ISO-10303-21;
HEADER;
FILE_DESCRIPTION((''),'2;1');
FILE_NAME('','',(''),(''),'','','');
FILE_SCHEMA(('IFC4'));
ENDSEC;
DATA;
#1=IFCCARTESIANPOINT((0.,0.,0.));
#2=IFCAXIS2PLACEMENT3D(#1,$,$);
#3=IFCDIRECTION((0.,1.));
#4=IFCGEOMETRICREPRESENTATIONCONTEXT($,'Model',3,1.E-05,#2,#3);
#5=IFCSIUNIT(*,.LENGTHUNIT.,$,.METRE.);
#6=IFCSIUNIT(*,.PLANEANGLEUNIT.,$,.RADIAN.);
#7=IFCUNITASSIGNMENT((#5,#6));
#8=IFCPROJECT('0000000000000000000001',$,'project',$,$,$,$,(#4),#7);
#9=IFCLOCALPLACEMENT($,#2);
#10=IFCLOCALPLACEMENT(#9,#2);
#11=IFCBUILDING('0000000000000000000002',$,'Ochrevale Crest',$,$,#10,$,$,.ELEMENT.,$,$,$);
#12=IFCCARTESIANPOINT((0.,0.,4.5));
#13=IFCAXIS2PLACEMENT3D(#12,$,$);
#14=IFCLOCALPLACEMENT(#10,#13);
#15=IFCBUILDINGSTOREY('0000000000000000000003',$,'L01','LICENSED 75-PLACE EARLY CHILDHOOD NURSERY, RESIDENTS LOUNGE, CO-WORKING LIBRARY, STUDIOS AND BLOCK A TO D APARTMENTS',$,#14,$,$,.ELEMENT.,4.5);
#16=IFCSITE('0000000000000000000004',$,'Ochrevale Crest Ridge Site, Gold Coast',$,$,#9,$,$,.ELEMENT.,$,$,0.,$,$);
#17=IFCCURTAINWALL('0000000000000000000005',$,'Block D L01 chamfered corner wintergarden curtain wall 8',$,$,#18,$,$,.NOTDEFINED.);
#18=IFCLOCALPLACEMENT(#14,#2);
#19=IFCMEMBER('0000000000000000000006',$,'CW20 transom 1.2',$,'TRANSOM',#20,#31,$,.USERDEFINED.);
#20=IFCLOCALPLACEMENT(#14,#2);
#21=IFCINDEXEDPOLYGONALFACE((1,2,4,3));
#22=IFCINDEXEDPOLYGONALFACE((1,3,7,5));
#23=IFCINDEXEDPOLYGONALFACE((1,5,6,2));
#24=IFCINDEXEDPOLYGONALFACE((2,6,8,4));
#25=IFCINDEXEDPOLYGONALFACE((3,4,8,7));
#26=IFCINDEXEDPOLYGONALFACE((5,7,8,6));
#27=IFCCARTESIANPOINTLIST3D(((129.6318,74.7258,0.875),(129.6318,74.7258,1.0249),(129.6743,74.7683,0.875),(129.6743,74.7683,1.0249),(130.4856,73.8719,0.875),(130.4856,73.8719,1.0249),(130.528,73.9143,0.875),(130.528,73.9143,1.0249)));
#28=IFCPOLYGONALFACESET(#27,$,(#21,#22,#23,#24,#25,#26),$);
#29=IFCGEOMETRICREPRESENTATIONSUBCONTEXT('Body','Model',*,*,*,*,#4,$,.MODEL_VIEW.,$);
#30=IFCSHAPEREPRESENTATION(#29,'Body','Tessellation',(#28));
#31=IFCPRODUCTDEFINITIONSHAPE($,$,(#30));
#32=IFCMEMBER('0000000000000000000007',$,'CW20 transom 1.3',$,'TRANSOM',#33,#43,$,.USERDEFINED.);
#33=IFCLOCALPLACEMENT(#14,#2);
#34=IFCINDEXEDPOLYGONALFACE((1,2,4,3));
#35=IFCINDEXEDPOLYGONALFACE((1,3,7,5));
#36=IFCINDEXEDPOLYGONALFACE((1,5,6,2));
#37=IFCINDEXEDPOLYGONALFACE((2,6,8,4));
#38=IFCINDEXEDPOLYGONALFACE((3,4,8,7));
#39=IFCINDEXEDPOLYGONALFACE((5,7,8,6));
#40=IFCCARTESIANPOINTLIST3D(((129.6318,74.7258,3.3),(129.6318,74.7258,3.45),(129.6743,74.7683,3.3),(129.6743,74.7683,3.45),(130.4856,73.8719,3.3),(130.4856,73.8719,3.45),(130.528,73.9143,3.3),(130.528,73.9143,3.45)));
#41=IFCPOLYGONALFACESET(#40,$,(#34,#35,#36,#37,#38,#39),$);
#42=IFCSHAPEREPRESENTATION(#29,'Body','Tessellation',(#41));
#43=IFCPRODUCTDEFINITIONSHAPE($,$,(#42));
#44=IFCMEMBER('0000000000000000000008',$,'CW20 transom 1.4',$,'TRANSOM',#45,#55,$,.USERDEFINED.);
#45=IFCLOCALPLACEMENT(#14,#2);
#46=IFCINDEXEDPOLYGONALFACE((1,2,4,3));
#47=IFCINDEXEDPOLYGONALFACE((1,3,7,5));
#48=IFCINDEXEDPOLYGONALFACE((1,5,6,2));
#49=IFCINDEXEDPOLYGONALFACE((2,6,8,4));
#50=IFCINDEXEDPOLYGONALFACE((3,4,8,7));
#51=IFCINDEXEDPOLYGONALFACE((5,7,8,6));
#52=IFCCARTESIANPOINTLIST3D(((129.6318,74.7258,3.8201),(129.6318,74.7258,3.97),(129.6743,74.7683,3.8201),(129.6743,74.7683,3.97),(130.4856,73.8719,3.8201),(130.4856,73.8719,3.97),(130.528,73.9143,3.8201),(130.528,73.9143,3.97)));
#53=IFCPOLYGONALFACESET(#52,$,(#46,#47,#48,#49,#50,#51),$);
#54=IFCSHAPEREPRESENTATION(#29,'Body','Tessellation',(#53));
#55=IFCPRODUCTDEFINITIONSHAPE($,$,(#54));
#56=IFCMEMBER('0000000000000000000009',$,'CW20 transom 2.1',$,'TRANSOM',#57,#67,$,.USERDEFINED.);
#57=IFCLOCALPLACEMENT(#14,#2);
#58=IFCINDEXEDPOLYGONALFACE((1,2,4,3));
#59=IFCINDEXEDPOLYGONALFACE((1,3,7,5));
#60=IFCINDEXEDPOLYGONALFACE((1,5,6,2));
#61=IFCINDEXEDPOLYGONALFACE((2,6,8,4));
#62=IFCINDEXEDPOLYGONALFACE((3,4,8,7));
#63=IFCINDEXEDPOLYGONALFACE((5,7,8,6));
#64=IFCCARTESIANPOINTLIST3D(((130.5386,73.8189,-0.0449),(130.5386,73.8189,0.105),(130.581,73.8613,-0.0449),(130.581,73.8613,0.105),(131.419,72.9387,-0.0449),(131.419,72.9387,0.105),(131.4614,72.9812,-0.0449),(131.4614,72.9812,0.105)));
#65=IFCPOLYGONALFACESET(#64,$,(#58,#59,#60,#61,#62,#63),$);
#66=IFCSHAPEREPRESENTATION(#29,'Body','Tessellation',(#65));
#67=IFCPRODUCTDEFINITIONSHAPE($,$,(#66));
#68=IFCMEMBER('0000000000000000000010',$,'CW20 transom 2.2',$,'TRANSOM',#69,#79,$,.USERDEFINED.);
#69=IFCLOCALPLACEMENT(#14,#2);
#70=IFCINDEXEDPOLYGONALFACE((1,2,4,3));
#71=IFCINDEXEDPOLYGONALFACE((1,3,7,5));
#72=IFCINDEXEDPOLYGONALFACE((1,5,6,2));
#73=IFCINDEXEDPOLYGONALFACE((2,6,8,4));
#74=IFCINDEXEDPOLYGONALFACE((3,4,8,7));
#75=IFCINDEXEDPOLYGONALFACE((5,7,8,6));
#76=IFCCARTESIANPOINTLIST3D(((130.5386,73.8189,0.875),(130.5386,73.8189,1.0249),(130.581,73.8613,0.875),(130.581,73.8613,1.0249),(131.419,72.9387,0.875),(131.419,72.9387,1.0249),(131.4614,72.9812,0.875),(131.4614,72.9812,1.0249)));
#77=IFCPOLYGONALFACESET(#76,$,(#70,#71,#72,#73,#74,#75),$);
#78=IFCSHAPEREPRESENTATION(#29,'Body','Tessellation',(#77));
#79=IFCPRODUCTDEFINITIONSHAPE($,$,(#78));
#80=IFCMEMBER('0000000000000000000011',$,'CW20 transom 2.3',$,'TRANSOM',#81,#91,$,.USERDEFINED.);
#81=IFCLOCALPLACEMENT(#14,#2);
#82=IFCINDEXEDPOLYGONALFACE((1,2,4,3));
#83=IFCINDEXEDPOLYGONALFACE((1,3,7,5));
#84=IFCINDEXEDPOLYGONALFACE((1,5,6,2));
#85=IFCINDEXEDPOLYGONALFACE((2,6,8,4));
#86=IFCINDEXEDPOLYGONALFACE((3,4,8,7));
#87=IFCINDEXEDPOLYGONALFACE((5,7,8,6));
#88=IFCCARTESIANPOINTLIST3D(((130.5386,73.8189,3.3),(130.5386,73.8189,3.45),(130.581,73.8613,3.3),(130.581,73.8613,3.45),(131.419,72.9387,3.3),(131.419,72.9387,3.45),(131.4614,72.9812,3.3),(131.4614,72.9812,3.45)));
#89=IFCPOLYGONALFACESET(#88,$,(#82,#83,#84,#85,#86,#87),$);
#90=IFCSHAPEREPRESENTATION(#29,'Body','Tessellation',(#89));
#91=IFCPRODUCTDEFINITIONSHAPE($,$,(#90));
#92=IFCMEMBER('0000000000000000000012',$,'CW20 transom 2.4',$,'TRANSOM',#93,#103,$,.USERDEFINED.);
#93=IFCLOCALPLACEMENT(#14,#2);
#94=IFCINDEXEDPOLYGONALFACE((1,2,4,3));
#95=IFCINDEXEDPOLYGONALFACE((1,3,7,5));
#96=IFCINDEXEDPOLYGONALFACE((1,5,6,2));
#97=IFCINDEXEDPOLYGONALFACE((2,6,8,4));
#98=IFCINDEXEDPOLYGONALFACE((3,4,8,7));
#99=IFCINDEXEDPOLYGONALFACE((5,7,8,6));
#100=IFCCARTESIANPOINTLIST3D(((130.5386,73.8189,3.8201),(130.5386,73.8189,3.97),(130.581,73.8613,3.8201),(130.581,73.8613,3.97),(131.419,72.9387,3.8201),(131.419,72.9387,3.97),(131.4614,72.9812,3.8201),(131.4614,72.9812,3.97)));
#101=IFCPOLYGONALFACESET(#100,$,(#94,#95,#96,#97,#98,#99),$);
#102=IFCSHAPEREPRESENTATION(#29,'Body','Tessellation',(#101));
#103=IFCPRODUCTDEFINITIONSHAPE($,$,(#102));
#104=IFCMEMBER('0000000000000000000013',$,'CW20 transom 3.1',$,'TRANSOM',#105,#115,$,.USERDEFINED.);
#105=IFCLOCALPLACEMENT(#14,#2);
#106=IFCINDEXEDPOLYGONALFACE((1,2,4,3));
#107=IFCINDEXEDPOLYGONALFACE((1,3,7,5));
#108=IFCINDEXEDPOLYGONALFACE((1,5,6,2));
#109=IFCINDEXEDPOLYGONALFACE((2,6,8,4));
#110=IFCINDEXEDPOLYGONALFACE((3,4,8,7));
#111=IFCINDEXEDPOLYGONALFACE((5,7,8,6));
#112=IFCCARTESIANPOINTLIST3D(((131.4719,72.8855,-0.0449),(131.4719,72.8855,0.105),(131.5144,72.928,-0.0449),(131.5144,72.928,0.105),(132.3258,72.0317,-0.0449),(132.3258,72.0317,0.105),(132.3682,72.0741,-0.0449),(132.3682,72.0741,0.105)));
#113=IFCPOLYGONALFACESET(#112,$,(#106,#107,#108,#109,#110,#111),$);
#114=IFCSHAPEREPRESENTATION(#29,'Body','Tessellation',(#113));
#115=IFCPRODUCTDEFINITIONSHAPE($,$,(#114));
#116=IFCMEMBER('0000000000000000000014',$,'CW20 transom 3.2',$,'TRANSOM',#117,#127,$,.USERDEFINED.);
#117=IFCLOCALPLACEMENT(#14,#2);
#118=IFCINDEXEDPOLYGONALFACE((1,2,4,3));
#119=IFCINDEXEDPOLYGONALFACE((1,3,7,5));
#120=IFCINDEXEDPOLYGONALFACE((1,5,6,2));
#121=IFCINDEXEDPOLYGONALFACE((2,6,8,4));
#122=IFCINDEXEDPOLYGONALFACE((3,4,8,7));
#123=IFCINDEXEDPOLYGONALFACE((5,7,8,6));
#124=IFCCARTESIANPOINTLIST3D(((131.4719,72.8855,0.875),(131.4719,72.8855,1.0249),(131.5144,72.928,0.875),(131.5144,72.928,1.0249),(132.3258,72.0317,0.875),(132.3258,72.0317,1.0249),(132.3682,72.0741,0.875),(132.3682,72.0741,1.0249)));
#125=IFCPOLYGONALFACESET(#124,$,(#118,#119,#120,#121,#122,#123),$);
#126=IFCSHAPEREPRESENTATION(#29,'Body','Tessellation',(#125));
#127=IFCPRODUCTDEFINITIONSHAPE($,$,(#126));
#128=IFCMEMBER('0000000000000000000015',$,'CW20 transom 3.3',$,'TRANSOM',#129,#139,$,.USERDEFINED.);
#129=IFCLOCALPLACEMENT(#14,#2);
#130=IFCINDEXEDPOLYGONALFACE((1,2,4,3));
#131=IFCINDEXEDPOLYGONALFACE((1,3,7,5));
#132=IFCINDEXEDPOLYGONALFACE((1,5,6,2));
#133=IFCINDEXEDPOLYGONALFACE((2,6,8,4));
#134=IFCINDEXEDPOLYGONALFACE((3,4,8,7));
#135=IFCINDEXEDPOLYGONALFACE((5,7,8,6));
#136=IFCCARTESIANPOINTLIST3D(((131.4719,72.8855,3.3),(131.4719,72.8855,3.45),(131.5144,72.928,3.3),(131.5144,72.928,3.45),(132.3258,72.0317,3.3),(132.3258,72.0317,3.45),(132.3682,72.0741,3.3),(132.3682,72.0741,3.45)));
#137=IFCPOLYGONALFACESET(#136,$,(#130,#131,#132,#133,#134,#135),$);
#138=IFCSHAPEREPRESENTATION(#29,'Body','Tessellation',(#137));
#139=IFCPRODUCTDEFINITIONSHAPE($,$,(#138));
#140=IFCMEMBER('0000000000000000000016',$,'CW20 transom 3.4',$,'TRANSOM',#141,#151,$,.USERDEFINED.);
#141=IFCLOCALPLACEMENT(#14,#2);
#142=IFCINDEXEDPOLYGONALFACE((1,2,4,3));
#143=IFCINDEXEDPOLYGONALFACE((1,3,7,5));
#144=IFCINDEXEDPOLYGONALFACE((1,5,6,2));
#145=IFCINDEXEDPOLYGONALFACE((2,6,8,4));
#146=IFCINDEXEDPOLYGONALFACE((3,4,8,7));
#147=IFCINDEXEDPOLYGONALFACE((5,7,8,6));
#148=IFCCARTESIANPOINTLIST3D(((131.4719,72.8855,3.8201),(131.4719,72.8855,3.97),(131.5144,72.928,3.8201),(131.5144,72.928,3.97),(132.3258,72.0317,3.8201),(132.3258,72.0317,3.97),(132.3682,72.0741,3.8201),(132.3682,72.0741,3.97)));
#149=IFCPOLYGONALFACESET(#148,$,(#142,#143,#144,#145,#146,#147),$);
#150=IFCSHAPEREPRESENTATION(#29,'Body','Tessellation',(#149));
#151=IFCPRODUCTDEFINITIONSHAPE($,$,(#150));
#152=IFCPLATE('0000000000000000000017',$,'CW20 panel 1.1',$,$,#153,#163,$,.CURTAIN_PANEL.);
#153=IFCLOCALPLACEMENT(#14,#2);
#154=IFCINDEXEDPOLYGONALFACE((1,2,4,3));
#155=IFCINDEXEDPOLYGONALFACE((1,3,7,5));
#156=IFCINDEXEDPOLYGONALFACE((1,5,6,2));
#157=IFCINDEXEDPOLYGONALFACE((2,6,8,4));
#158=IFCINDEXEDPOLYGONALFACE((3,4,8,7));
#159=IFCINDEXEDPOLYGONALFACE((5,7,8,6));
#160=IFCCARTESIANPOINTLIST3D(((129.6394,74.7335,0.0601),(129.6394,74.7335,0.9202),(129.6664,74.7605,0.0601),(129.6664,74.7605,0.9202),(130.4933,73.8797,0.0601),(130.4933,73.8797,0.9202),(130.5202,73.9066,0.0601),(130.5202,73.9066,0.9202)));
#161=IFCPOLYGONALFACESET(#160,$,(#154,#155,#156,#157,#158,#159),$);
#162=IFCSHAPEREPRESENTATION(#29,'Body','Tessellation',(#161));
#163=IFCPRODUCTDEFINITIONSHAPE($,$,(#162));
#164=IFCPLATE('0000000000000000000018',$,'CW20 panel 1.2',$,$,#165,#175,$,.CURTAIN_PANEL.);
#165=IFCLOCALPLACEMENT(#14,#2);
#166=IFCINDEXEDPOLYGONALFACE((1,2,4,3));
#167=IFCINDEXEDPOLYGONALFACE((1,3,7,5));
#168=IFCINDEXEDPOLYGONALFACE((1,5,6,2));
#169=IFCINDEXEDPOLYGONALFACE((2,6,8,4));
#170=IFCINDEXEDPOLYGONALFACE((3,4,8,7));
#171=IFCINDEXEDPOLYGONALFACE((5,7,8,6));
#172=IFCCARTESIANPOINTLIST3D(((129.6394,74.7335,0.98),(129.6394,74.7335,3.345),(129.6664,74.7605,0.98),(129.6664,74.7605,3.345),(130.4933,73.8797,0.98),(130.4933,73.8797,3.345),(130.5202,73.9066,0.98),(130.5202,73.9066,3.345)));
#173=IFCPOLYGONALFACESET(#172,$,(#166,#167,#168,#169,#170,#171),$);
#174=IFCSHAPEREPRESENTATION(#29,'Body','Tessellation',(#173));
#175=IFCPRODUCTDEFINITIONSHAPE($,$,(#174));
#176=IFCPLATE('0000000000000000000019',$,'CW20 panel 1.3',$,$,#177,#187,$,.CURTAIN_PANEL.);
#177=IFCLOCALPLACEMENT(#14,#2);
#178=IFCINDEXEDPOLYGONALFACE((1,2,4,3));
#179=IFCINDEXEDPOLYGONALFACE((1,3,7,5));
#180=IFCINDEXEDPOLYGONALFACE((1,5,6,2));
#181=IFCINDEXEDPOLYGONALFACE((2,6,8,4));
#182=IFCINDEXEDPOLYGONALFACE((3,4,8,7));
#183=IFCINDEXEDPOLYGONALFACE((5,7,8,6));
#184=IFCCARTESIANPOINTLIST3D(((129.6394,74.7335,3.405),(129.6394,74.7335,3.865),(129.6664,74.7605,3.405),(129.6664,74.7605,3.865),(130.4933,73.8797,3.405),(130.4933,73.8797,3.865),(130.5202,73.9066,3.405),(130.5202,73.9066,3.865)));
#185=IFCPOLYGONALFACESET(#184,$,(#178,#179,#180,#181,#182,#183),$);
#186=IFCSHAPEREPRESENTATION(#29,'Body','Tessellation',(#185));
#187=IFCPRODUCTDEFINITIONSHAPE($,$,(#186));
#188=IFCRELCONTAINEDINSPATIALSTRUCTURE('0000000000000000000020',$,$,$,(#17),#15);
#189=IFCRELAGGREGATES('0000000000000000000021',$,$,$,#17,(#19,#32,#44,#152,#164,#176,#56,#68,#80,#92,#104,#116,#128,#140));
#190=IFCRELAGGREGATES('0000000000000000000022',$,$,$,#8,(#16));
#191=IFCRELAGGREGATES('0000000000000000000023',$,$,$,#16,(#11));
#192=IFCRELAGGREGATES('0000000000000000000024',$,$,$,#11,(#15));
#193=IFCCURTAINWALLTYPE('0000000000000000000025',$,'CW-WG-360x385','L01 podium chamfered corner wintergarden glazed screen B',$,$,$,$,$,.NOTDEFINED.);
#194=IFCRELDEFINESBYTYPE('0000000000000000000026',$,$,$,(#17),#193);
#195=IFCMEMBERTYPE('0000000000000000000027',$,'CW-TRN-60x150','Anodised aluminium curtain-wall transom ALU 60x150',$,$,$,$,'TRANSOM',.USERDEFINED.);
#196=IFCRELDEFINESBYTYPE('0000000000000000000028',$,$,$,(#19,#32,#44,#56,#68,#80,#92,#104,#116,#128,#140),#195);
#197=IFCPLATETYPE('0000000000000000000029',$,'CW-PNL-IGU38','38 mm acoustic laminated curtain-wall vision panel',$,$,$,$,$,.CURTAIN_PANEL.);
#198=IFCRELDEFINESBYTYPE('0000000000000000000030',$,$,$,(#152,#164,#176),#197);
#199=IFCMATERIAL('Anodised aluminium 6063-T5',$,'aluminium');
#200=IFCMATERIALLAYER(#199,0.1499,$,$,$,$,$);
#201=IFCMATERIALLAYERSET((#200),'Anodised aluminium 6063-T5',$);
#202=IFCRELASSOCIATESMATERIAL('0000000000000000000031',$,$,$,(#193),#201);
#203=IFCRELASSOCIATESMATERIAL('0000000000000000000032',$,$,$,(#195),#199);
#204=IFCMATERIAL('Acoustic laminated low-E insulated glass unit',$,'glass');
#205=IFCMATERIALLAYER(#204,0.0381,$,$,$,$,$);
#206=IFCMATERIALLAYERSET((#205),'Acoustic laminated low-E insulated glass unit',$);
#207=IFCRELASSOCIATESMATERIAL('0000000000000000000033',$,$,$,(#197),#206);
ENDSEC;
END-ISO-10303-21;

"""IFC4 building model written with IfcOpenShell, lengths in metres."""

from ifc_helpers import new_model, si_unit, direction, frame, origin, origin_2d, place, context, subcontext, project, spatial, rectangle, extrude, material, layer, layer_set, material_profile, profile_set, type_object, element, aggregate, save


model = new_model("IFC4")

# Units and contexts
model_context = context("Model", 3, precision=1e-05, world=origin(), true_north=direction((0.0, 1.0)))
body_context = subcontext(model_context, "Body", "Model", "MODEL_VIEW")
ifc_project = project(units=[si_unit("LENGTHUNIT", "METRE"), si_unit("PLANEANGLEUNIT", "RADIAN")], contexts=[model_context])

# Site, building, storey
site_placement = place(None, origin())
site = spatial("IfcSite", under=ifc_project, at=site_placement, Name="Ochrevale Crest Ridge Site, Gold Coast", CompositionType="ELEMENT", RefElevation=0.0)
building_placement = place(site_placement, origin())
building = spatial("IfcBuilding", under=site, at=building_placement, Name="Ochrevale Crest", CompositionType="ELEMENT")
storey_placement = place(building_placement, frame((0.0, 0.0, 4.5)))
storey = spatial("IfcBuildingStorey", under=building, at=storey_placement, Name="L01", Description="LICENSED 75-PLACE EARLY CHILDHOOD NURSERY, RESIDENTS LOUNGE, CO-WORKING LIBRARY, STUDIOS AND BLOCK A TO D APARTMENTS", CompositionType="ELEMENT", Elevation=4.5)

# Curtain wall, members, plates
ifc_material_1 = material(Name="Anodised aluminium 6063-T5", Category="aluminium")
ifc_layer_1 = layer(ifc_material_1, 0.1499)
ifc_layer_set_1 = layer_set([ifc_layer_1], Name="Anodised aluminium 6063-T5")
curtain_wall_type = type_object("IfcCurtainWallType", Name="CW-WG-360x385", Description="L01 podium chamfered corner wintergarden glazed screen B", PredefinedType="NOTDEFINED", material=ifc_layer_set_1)
curtain_wall_placement = place(storey_placement, origin())
curtain_wall = element("IfcCurtainWall", 1, at=curtain_wall_placement, inside=storey, type_object=curtain_wall_type, Name="Block D L01 chamfered corner wintergarden curtain wall 8", PredefinedType="NOTDEFINED")
ifc_material_profile_1 = material_profile(ifc_material_1, rectangle(XDim=0.0601, YDim=0.1499, at=origin_2d()), Name="ALU 60x150")
ifc_profile_set_1 = profile_set([ifc_material_profile_1], Name="Anodised aluminium 6063-T5")
member_type_1 = type_object("IfcMemberType", Name="CW-TRN-60x150", Description="Anodised aluminium curtain-wall transom ALU 60x150", ElementType="TRANSOM", PredefinedType="USERDEFINED", material=ifc_profile_set_1)
member_1_placement = place(storey_placement, frame((129.6531, 74.7471, 0.95), z_axis=(0.707006, -0.707208, 0.0), x_axis=(0.707208, 0.707006, 0.0)))
member_1 = element("IfcMember", 2, at=member_1_placement, type_object=member_type_1, Name="CW20 transom 1.2", ObjectType="TRANSOM", PredefinedType="USERDEFINED", context=body_context, shape_type="SweptSolid", body=[
    extrude(rectangle(XDim=0.0601, YDim=0.1499, at=origin_2d()), origin(), (0.0, 0.0, 1.0), 1.2075),
])
member_2_placement = place(storey_placement, frame((129.6531, 74.7471, 3.375), z_axis=(0.707006, -0.707208, 0.0), x_axis=(0.707208, 0.707006, 0.0)))
member_2 = element("IfcMember", 3, at=member_2_placement, type_object=member_type_1, Name="CW20 transom 1.3", ObjectType="TRANSOM", PredefinedType="USERDEFINED", context=body_context, shape_type="SweptSolid", body=[
    extrude(rectangle(XDim=0.0601, YDim=0.1499, at=origin_2d()), origin(), (0.0, 0.0, 1.0), 1.2075),
])
member_3_placement = place(storey_placement, frame((129.6531, 74.7471, 3.895), z_axis=(0.707006, -0.707208, 0.0), x_axis=(0.707208, 0.707006, 0.0)))
member_3 = element("IfcMember", 4, at=member_3_placement, type_object=member_type_1, Name="CW20 transom 1.4", ObjectType="TRANSOM", PredefinedType="USERDEFINED", context=body_context, shape_type="SweptSolid", body=[
    extrude(rectangle(XDim=0.0601, YDim=0.1499, at=origin_2d()), origin(), (0.0, 0.0, 1.0), 1.2075),
])
member_4_placement = place(storey_placement, frame((130.5598, 73.8401, 0.03), z_axis=(0.707205, -0.707009, 0.0), x_axis=(0.707009, 0.707205, 0.0)))
member_4 = element("IfcMember", 5, at=member_4_placement, type_object=member_type_1, Name="CW20 transom 2.1", ObjectType="TRANSOM", PredefinedType="USERDEFINED", context=body_context, shape_type="SweptSolid", body=[
    extrude(rectangle(XDim=0.0601, YDim=0.1499, at=origin_2d()), origin(), (0.0, 0.0, 1.0), 1.2449),
])
member_5_placement = place(storey_placement, frame((130.5598, 73.8401, 0.95), z_axis=(0.707205, -0.707009, 0.0), x_axis=(0.707009, 0.707205, 0.0)))
member_5 = element("IfcMember", 6, at=member_5_placement, type_object=member_type_1, Name="CW20 transom 2.2", ObjectType="TRANSOM", PredefinedType="USERDEFINED", context=body_context, shape_type="SweptSolid", body=[
    extrude(rectangle(XDim=0.0601, YDim=0.1499, at=origin_2d()), origin(), (0.0, 0.0, 1.0), 1.2449),
])
member_6_placement = place(storey_placement, frame((130.5598, 73.8401, 3.375), z_axis=(0.707205, -0.707009, 0.0), x_axis=(0.707009, 0.707205, 0.0)))
member_6 = element("IfcMember", 7, at=member_6_placement, type_object=member_type_1, Name="CW20 transom 2.3", ObjectType="TRANSOM", PredefinedType="USERDEFINED", context=body_context, shape_type="SweptSolid", body=[
    extrude(rectangle(XDim=0.0601, YDim=0.1499, at=origin_2d()), origin(), (0.0, 0.0, 1.0), 1.2449),
])
member_7_placement = place(storey_placement, frame((130.5598, 73.8401, 3.895), z_axis=(0.707205, -0.707009, 0.0), x_axis=(0.707009, 0.707205, 0.0)))
member_7 = element("IfcMember", 8, at=member_7_placement, type_object=member_type_1, Name="CW20 transom 2.4", ObjectType="TRANSOM", PredefinedType="USERDEFINED", context=body_context, shape_type="SweptSolid", body=[
    extrude(rectangle(XDim=0.0601, YDim=0.1499, at=origin_2d()), origin(), (0.0, 0.0, 1.0), 1.2449),
])
member_8_placement = place(storey_placement, frame((131.4932, 72.9067, 0.03), z_axis=(0.707107, -0.707107, 0.0), x_axis=(0.707107, 0.707107, 0.0)))
member_8 = element("IfcMember", 9, at=member_8_placement, type_object=member_type_1, Name="CW20 transom 3.1", ObjectType="TRANSOM", PredefinedType="USERDEFINED", context=body_context, shape_type="SweptSolid", body=[
    extrude(rectangle(XDim=0.0601, YDim=0.1499, at=origin_2d()), origin(), (0.0, 0.0, 1.0), 1.2075),
])
member_9_placement = place(storey_placement, frame((131.4932, 72.9067, 0.95), z_axis=(0.707107, -0.707107, 0.0), x_axis=(0.707107, 0.707107, 0.0)))
member_9 = element("IfcMember", 10, at=member_9_placement, type_object=member_type_1, Name="CW20 transom 3.2", ObjectType="TRANSOM", PredefinedType="USERDEFINED", context=body_context, shape_type="SweptSolid", body=[
    extrude(rectangle(XDim=0.0601, YDim=0.1499, at=origin_2d()), origin(), (0.0, 0.0, 1.0), 1.2075),
])
member_10_placement = place(storey_placement, frame((131.4932, 72.9067, 3.375), z_axis=(0.707107, -0.707107, 0.0), x_axis=(0.707107, 0.707107, 0.0)))
member_10 = element("IfcMember", 11, at=member_10_placement, type_object=member_type_1, Name="CW20 transom 3.3", ObjectType="TRANSOM", PredefinedType="USERDEFINED", context=body_context, shape_type="SweptSolid", body=[
    extrude(rectangle(XDim=0.0601, YDim=0.1499, at=origin_2d()), origin(), (0.0, 0.0, 1.0), 1.2075),
])
member_11_placement = place(storey_placement, frame((131.4932, 72.9067, 3.895), z_axis=(0.707107, -0.707107, 0.0), x_axis=(0.707107, 0.707107, 0.0)))
member_11 = element("IfcMember", 12, at=member_11_placement, type_object=member_type_1, Name="CW20 transom 3.4", ObjectType="TRANSOM", PredefinedType="USERDEFINED", context=body_context, shape_type="SweptSolid", body=[
    extrude(rectangle(XDim=0.0601, YDim=0.1499, at=origin_2d()), origin(), (0.0, 0.0, 1.0), 1.2075),
])
ifc_material_2 = material(Name="Acoustic laminated low-E insulated glass unit", Category="glass")
ifc_layer_2 = layer(ifc_material_2, 0.0381)
ifc_layer_set_2 = layer_set([ifc_layer_2], Name="Acoustic laminated low-E insulated glass unit")
plate_type = type_object("IfcPlateType", Name="CW-PNL-IGU38", Description="38 mm acoustic laminated curtain-wall vision panel", PredefinedType="CURTAIN_PANEL", material=ifc_layer_set_2)
plate_1_placement = place(storey_placement, frame((130.0798, 74.3201, 0.0601), z_axis=(0.0, 0.0, 1.0), x_axis=(0.707107, -0.707107, 0.0)))
plate_1 = element("IfcPlate", 13, at=plate_1_placement, type_object=plate_type, Name="CW20 panel 1.1", PredefinedType="CURTAIN_PANEL", context=body_context, shape_type="SweptSolid", body=[
    extrude(rectangle(XDim=1.2075, YDim=0.0381, at=origin_2d()), origin(), (0.0, 0.0, 1.0), 0.8601),
])
plate_2_placement = place(storey_placement, frame((130.0798, 74.3201, 0.98), z_axis=(0.0, 0.0, 1.0), x_axis=(0.707107, -0.707107, 0.0)))
plate_2 = element("IfcPlate", 14, at=plate_2_placement, type_object=plate_type, Name="CW20 panel 1.2", PredefinedType="CURTAIN_PANEL", context=body_context, shape_type="SweptSolid", body=[
    extrude(rectangle(XDim=1.2075, YDim=0.0381, at=origin_2d()), origin(), (0.0, 0.0, 1.0), 2.365),
])
plate_3_placement = place(storey_placement, frame((130.0798, 74.3201, 3.405), z_axis=(0.0, 0.0, 1.0), x_axis=(0.707107, -0.707107, 0.0)))
plate_3 = element("IfcPlate", 15, at=plate_3_placement, type_object=plate_type, Name="CW20 panel 1.3", PredefinedType="CURTAIN_PANEL", context=body_context, shape_type="SweptSolid", body=[
    extrude(rectangle(XDim=1.2075, YDim=0.0381, at=origin_2d()), origin(), (0.0, 0.0, 1.0), 0.46),
])
aggregate(curtain_wall, [member_1, member_2, member_3, plate_1, plate_2, plate_3, member_4, member_5, member_6, member_7, member_8, member_9, member_10, member_11])

save(model, "model.ifc")
